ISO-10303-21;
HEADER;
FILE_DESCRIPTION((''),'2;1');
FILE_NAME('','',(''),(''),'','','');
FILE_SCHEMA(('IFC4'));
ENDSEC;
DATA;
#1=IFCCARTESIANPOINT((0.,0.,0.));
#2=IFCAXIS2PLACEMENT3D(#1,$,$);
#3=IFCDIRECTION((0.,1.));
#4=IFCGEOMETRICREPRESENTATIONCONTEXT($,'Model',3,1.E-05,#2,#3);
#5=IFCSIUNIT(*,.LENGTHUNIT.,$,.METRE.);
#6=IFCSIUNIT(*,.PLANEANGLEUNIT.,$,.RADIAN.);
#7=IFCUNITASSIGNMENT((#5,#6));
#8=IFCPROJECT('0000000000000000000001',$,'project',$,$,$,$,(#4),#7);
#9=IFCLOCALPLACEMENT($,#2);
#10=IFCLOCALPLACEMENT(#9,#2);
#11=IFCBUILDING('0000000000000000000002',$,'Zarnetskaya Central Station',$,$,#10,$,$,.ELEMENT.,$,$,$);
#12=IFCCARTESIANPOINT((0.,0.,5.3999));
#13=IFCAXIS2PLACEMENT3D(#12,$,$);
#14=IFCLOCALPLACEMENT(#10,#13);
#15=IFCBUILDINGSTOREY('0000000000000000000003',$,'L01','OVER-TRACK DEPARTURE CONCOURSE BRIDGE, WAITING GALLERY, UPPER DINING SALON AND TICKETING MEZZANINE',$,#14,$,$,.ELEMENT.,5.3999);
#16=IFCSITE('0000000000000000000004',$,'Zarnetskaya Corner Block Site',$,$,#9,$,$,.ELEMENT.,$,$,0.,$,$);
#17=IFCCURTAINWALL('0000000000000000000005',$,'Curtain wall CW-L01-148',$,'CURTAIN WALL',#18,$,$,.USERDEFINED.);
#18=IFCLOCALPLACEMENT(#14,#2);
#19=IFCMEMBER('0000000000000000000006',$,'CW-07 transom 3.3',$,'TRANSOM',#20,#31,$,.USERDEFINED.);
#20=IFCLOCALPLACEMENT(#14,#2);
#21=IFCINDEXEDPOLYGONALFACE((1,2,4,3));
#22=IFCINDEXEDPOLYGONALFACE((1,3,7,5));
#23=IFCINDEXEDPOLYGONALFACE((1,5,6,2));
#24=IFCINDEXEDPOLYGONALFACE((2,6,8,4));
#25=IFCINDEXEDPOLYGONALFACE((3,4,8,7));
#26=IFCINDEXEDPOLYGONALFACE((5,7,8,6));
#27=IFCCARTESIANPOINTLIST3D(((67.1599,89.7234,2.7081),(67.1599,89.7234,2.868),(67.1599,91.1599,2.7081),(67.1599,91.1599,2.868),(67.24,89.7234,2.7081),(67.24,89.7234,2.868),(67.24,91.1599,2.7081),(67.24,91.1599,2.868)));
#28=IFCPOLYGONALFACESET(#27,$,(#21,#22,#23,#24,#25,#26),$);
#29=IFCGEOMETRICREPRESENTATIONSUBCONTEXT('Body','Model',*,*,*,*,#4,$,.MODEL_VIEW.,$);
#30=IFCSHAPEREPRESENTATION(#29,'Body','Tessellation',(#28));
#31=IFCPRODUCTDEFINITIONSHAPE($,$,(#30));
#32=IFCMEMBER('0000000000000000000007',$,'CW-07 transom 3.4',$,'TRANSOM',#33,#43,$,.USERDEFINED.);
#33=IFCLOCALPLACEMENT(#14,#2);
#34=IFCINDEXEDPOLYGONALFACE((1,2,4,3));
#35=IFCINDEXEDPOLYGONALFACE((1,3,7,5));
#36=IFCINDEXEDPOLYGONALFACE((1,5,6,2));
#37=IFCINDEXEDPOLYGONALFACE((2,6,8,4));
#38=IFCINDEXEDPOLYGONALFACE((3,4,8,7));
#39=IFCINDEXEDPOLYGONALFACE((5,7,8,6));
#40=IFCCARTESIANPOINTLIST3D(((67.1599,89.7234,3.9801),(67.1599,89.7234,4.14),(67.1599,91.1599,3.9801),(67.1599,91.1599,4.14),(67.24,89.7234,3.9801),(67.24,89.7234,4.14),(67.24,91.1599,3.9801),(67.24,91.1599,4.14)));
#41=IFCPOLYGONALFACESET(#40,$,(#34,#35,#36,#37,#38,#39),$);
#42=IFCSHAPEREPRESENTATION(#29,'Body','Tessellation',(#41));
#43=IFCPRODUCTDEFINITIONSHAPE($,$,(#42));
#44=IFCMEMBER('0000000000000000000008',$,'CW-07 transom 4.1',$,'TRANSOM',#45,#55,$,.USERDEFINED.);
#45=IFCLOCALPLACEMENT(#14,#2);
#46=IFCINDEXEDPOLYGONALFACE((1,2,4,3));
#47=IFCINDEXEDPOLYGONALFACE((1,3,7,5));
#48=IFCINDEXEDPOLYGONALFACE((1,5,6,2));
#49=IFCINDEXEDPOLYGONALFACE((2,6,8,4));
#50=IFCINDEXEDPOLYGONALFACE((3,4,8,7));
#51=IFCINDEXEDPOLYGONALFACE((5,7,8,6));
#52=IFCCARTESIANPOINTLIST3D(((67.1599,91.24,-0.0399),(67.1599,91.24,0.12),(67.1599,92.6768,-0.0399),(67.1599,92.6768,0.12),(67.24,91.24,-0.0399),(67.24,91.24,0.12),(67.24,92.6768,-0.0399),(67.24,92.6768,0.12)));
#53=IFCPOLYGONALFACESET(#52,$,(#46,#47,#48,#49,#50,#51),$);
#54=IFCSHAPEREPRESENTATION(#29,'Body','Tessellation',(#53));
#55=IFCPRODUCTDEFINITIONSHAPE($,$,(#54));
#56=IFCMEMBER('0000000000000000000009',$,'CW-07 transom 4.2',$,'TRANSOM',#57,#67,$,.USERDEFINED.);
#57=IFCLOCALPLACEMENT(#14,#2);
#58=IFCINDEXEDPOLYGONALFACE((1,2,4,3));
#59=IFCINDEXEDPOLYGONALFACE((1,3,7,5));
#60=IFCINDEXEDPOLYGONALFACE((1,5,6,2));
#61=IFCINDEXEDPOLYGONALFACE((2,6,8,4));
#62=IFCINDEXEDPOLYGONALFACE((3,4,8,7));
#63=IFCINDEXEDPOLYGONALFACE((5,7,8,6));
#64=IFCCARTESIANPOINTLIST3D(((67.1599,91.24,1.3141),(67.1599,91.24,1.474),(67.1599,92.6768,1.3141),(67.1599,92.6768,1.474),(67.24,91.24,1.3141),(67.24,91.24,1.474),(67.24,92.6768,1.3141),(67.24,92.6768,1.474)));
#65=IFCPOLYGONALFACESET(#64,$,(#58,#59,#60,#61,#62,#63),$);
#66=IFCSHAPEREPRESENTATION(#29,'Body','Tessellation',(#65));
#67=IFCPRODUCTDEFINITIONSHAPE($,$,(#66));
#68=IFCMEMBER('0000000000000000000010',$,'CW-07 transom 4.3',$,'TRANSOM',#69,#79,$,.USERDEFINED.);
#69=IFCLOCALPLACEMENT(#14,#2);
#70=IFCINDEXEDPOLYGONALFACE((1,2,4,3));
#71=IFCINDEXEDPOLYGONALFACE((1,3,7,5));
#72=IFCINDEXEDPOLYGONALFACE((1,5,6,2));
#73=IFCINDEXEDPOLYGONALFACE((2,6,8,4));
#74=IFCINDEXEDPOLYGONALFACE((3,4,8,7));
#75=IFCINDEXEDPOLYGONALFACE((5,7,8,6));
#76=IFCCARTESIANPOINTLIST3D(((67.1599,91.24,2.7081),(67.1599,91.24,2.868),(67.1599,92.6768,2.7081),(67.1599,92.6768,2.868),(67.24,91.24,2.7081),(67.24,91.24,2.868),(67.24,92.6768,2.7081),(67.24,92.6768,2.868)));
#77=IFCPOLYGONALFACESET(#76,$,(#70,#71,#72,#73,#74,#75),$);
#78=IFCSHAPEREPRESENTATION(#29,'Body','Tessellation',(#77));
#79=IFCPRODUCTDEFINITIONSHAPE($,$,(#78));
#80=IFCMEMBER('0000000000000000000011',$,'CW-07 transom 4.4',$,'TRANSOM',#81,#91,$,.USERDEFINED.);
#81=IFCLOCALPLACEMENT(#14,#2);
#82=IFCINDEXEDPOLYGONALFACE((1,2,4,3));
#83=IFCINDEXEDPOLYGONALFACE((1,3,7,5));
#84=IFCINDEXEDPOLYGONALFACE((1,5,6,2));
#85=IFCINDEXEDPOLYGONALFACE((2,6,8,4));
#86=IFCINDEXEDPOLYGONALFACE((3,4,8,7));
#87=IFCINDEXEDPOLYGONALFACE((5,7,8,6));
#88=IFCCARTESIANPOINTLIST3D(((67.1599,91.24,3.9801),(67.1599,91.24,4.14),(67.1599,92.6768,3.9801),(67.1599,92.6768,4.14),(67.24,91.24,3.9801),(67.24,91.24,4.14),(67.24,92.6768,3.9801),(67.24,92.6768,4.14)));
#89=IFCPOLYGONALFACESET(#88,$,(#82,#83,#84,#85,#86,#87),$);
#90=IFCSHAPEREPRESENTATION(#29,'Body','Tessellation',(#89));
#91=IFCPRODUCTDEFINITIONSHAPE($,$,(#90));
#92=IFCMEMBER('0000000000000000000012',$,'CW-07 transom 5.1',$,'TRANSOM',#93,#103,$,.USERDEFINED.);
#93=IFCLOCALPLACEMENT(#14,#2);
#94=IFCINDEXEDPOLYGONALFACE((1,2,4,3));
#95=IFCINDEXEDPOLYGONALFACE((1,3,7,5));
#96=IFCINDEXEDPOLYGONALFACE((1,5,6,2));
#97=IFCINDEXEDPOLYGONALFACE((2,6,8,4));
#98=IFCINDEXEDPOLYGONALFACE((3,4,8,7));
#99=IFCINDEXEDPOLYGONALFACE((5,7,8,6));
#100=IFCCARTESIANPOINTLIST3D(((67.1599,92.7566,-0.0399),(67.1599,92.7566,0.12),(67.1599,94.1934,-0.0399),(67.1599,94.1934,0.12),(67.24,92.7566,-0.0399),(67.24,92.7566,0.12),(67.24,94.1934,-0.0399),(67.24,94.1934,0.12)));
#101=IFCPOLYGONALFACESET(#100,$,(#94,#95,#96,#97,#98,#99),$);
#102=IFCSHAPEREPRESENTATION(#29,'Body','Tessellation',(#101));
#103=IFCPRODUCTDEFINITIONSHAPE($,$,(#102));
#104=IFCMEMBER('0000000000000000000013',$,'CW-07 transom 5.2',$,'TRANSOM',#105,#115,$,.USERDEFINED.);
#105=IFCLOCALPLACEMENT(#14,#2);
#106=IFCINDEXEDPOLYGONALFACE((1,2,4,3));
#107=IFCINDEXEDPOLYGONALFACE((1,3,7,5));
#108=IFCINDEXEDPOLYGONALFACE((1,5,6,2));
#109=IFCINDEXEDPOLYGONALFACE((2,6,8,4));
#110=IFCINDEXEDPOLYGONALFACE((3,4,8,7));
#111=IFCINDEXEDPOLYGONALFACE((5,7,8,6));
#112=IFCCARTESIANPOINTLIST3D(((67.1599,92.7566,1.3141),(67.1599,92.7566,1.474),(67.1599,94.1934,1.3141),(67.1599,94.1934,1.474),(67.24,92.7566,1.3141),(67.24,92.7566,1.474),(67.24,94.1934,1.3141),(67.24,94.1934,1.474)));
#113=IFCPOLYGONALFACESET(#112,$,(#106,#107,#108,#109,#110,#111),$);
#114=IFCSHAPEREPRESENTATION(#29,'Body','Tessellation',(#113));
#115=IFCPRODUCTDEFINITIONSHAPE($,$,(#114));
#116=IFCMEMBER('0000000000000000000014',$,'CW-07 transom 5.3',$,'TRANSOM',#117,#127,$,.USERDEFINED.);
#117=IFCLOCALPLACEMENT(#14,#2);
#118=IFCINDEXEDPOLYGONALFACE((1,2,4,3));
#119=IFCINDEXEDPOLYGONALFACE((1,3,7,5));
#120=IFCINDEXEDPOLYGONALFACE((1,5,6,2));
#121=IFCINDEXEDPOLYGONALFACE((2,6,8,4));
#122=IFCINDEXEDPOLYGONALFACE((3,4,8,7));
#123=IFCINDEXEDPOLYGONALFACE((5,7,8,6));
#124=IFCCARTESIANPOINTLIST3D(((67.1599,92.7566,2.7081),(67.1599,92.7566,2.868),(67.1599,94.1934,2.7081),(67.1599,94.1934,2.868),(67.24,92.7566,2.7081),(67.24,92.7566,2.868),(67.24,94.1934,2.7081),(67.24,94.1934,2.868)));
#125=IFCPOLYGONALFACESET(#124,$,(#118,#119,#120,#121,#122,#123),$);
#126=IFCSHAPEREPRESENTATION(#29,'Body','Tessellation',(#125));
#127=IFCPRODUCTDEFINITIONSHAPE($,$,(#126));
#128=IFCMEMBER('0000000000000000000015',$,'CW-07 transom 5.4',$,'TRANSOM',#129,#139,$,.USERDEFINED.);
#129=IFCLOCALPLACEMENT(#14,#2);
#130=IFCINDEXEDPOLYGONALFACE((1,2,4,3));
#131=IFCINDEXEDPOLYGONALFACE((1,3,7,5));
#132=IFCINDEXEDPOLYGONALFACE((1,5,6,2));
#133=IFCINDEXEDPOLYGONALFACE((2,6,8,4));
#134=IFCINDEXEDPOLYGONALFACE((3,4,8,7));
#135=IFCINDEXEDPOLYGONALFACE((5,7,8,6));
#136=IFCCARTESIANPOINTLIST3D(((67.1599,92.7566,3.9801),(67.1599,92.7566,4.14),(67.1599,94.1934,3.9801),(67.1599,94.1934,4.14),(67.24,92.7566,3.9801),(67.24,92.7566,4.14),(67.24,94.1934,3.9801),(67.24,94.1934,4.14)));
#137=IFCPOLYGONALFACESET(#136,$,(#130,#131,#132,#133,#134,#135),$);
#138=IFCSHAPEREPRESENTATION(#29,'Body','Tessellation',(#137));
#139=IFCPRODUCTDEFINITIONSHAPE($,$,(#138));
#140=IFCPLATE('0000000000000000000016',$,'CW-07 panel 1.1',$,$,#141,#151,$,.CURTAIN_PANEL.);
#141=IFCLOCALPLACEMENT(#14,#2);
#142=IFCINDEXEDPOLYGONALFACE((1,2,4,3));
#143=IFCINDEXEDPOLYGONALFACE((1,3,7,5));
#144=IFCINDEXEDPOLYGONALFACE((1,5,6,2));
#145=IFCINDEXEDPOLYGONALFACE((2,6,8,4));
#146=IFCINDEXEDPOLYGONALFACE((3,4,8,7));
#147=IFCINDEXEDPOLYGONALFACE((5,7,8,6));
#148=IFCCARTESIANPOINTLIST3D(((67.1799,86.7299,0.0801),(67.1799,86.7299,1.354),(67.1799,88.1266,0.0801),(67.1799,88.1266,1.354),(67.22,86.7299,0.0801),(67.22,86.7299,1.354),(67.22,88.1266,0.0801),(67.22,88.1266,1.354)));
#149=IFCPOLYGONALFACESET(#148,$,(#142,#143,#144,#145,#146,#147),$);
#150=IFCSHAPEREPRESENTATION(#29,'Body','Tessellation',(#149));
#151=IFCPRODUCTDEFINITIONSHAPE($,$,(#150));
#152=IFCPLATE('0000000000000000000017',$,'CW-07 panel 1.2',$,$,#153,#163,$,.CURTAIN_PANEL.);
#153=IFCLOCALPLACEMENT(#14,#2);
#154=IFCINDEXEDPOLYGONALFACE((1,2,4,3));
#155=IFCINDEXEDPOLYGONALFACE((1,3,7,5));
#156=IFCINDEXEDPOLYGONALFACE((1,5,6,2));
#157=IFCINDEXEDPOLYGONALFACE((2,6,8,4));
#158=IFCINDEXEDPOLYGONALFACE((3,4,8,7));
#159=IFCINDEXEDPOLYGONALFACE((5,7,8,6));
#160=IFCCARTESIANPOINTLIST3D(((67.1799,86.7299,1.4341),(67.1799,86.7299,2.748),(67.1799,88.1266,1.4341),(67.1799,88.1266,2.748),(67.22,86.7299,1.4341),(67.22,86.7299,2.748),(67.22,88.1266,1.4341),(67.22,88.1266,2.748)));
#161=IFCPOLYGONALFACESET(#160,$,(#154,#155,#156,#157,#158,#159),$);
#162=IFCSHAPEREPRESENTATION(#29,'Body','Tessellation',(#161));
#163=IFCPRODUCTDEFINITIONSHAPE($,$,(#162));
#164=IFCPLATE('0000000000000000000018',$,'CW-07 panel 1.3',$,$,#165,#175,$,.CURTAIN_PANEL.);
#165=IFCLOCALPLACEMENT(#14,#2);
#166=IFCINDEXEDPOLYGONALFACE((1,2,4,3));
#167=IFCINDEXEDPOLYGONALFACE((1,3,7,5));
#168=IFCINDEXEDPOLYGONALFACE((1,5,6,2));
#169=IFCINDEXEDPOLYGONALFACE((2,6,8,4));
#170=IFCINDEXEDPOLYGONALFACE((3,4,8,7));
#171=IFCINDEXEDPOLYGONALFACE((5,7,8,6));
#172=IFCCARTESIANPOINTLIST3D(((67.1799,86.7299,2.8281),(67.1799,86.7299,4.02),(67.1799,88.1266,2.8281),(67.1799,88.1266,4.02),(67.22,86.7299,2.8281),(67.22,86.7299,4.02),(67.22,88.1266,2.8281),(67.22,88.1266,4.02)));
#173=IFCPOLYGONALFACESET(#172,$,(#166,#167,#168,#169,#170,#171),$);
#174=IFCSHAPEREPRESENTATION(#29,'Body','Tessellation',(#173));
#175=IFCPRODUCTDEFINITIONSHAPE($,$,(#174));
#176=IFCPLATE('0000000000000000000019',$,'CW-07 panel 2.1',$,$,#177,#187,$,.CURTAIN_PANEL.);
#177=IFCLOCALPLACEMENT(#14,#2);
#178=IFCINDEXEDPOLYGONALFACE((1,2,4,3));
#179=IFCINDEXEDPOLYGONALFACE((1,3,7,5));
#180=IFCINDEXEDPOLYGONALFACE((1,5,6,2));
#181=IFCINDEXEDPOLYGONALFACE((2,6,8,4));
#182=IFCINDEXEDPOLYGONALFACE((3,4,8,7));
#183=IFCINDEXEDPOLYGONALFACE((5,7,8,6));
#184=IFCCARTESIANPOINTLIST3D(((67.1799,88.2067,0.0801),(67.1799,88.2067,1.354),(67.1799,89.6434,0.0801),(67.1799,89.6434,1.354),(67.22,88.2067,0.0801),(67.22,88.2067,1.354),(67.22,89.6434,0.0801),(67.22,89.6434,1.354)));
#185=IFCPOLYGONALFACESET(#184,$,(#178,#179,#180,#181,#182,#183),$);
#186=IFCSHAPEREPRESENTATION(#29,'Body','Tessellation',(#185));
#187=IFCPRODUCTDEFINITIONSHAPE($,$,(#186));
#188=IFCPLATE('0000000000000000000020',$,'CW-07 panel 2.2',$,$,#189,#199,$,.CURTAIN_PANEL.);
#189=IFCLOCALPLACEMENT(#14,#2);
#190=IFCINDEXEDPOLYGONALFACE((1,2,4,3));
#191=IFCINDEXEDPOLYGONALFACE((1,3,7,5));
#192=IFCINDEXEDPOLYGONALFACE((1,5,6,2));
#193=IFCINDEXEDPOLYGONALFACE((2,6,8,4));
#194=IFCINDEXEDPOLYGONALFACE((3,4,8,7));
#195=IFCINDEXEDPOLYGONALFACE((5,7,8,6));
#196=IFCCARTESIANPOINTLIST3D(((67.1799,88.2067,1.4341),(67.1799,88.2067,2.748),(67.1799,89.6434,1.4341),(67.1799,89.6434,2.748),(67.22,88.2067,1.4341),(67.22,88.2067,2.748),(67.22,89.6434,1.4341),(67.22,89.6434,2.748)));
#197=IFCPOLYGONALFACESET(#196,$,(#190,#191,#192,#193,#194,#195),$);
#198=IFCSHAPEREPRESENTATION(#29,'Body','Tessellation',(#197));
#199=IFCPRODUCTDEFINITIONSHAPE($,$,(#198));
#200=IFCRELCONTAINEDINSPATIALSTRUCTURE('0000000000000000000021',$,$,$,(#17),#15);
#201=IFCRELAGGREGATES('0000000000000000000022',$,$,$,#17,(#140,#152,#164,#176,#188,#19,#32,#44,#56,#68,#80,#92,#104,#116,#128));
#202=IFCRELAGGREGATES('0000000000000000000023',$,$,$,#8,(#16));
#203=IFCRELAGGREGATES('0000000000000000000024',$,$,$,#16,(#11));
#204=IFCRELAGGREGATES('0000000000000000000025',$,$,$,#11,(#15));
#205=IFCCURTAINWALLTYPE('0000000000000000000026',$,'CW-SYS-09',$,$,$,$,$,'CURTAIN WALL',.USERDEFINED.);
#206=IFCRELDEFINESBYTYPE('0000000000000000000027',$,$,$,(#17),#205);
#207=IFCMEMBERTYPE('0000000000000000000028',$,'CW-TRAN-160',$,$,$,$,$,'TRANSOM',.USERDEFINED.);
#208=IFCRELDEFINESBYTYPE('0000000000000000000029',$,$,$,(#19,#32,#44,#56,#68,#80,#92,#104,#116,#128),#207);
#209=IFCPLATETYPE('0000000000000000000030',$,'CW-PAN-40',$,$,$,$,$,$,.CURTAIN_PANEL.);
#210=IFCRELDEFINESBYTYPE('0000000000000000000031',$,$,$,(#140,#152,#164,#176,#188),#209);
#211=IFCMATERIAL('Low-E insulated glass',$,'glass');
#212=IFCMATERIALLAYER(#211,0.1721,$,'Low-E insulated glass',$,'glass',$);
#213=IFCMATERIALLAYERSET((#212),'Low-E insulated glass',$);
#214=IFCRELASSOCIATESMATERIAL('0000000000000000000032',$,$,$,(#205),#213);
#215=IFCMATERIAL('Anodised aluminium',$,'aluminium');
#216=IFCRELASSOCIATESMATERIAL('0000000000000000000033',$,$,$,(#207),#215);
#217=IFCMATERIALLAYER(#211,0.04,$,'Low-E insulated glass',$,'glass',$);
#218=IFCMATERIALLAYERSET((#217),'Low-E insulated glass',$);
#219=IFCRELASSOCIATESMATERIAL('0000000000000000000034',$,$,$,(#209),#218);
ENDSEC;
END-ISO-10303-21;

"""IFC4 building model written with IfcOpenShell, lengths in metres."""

from ifc_helpers import new_model, si_unit, direction, frame, origin, origin_2d, place, context, subcontext, project, spatial, rectangle, extrude, material, layer, layer_set, material_profile, profile_set, type_object, element, aggregate, save


model = new_model("IFC4")

# Units and contexts
model_context = context("Model", 3, precision=1e-05, world=origin(), true_north=direction((0.0, 1.0)))
body_context = subcontext(model_context, "Body", "Model", "MODEL_VIEW")
ifc_project = project(units=[si_unit("LENGTHUNIT", "METRE"), si_unit("PLANEANGLEUNIT", "RADIAN")], contexts=[model_context])

# Site, building, storey
site_placement = place(None, origin())
site = spatial("IfcSite", under=ifc_project, at=site_placement, Name="Zarnetskaya Corner Block Site", CompositionType="ELEMENT", RefElevation=0.0)
building_placement = place(site_placement, origin())
building = spatial("IfcBuilding", under=site, at=building_placement, Name="Zarnetskaya Central Station", CompositionType="ELEMENT")
storey_placement = place(building_placement, frame((0.0, 0.0, 5.3999)))
storey = spatial("IfcBuildingStorey", under=building, at=storey_placement, Name="L01", Description="OVER-TRACK DEPARTURE CONCOURSE BRIDGE, WAITING GALLERY, UPPER DINING SALON AND TICKETING MEZZANINE", CompositionType="ELEMENT", Elevation=5.3999)

# Curtain wall, members, plates
ifc_material_1 = material(Name="Low-E insulated glass", Category="glass")
ifc_layer_1 = layer(ifc_material_1, 0.1721, Name="Low-E insulated glass", Category="glass")
ifc_layer_set_1 = layer_set([ifc_layer_1], Name="Low-E insulated glass")
curtain_wall_type = type_object("IfcCurtainWallType", Name="CW-SYS-09", ElementType="CURTAIN WALL", PredefinedType="USERDEFINED", material=ifc_layer_set_1)
curtain_wall_placement = place(storey_placement, origin())
curtain_wall = element("IfcCurtainWall", 1, at=curtain_wall_placement, inside=storey, type_object=curtain_wall_type, Name="Curtain wall CW-L01-148", ObjectType="CURTAIN WALL", PredefinedType="USERDEFINED")
ifc_material_2 = material(Name="Anodised aluminium", Category="aluminium")
ifc_material_profile_1 = material_profile(ifc_material_2, rectangle(XDim=0.0801, YDim=0.1599, at=origin_2d()), Name="ALU TRAN 80x160")
ifc_profile_set_1 = profile_set([ifc_material_profile_1], Name="Anodised aluminium")
member_type_1 = type_object("IfcMemberType", Name="CW-TRAN-160", ElementType="TRANSOM", PredefinedType="USERDEFINED", material=ifc_profile_set_1)
member_1_placement = place(storey_placement, frame((67.2, 89.7234, 2.7881), z_axis=(0.0, 1.0, 0.0), x_axis=(-1.0, 0.0, 0.0)))
member_1 = element("IfcMember", 2, at=member_1_placement, type_object=member_type_1, Name="CW-07 transom 3.3", ObjectType="TRANSOM", PredefinedType="USERDEFINED", context=body_context, shape_type="SweptSolid", body=[
    extrude(rectangle(XDim=0.0801, YDim=0.1599, at=origin_2d()), origin(), (0.0, 0.0, 1.0), 1.4365),
])
member_2_placement = place(storey_placement, frame((67.2, 89.7234, 4.0601), z_axis=(0.0, 1.0, 0.0), x_axis=(-1.0, 0.0, 0.0)))
member_2 = element("IfcMember", 3, at=member_2_placement, type_object=member_type_1, Name="CW-07 transom 3.4", ObjectType="TRANSOM", PredefinedType="USERDEFINED", context=body_context, shape_type="SweptSolid", body=[
    extrude(rectangle(XDim=0.0801, YDim=0.1599, at=origin_2d()), origin(), (0.0, 0.0, 1.0), 1.4365),
])
member_3_placement = place(storey_placement, frame((67.2, 91.24, 0.04), z_axis=(0.0, 1.0, 0.0), x_axis=(-1.0, 0.0, 0.0)))
member_3 = element("IfcMember", 4, at=member_3_placement, type_object=member_type_1, Name="CW-07 transom 4.1", ObjectType="TRANSOM", PredefinedType="USERDEFINED", context=body_context, shape_type="SweptSolid", body=[
    extrude(rectangle(XDim=0.0801, YDim=0.1599, at=origin_2d()), origin(), (0.0, 0.0, 1.0), 1.4368),
])
member_4_placement = place(storey_placement, frame((67.2, 91.24, 1.394), z_axis=(0.0, 1.0, 0.0), x_axis=(-1.0, 0.0, 0.0)))
member_4 = element("IfcMember", 5, at=member_4_placement, type_object=member_type_1, Name="CW-07 transom 4.2", ObjectType="TRANSOM", PredefinedType="USERDEFINED", context=body_context, shape_type="SweptSolid", body=[
    extrude(rectangle(XDim=0.0801, YDim=0.1599, at=origin_2d()), origin(), (0.0, 0.0, 1.0), 1.4368),
])
member_5_placement = place(storey_placement, frame((67.2, 91.24, 2.7881), z_axis=(0.0, 1.0, 0.0), x_axis=(-1.0, 0.0, 0.0)))
member_5 = element("IfcMember", 6, at=member_5_placement, type_object=member_type_1, Name="CW-07 transom 4.3", ObjectType="TRANSOM", PredefinedType="USERDEFINED", context=body_context, shape_type="SweptSolid", body=[
    extrude(rectangle(XDim=0.0801, YDim=0.1599, at=origin_2d()), origin(), (0.0, 0.0, 1.0), 1.4368),
])
member_6_placement = place(storey_placement, frame((67.2, 91.24, 4.0601), z_axis=(0.0, 1.0, 0.0), x_axis=(-1.0, 0.0, 0.0)))
member_6 = element("IfcMember", 7, at=member_6_placement, type_object=member_type_1, Name="CW-07 transom 4.4", ObjectType="TRANSOM", PredefinedType="USERDEFINED", context=body_context, shape_type="SweptSolid", body=[
    extrude(rectangle(XDim=0.0801, YDim=0.1599, at=origin_2d()), origin(), (0.0, 0.0, 1.0), 1.4368),
])
member_7_placement = place(storey_placement, frame((67.2, 92.7566, 0.04), z_axis=(0.0, 1.0, 0.0), x_axis=(-1.0, 0.0, 0.0)))
member_7 = element("IfcMember", 8, at=member_7_placement, type_object=member_type_1, Name="CW-07 transom 5.1", ObjectType="TRANSOM", PredefinedType="USERDEFINED", context=body_context, shape_type="SweptSolid", body=[
    extrude(rectangle(XDim=0.0801, YDim=0.1599, at=origin_2d()), origin(), (0.0, 0.0, 1.0), 1.4368),
])
member_8_placement = place(storey_placement, frame((67.2, 92.7566, 1.394), z_axis=(0.0, 1.0, 0.0), x_axis=(-1.0, 0.0, 0.0)))
member_8 = element("IfcMember", 9, at=member_8_placement, type_object=member_type_1, Name="CW-07 transom 5.2", ObjectType="TRANSOM", PredefinedType="USERDEFINED", context=body_context, shape_type="SweptSolid", body=[
    extrude(rectangle(XDim=0.0801, YDim=0.1599, at=origin_2d()), origin(), (0.0, 0.0, 1.0), 1.4368),
])
member_9_placement = place(storey_placement, frame((67.2, 92.7566, 2.7881), z_axis=(0.0, 1.0, 0.0), x_axis=(-1.0, 0.0, 0.0)))
member_9 = element("IfcMember", 10, at=member_9_placement, type_object=member_type_1, Name="CW-07 transom 5.3", ObjectType="TRANSOM", PredefinedType="USERDEFINED", context=body_context, shape_type="SweptSolid", body=[
    extrude(rectangle(XDim=0.0801, YDim=0.1599, at=origin_2d()), origin(), (0.0, 0.0, 1.0), 1.4368),
])
member_10_placement = place(storey_placement, frame((67.2, 92.7566, 4.0601), z_axis=(0.0, 1.0, 0.0), x_axis=(-1.0, 0.0, 0.0)))
member_10 = element("IfcMember", 11, at=member_10_placement, type_object=member_type_1, Name="CW-07 transom 5.4", ObjectType="TRANSOM", PredefinedType="USERDEFINED", context=body_context, shape_type="SweptSolid", body=[
    extrude(rectangle(XDim=0.0801, YDim=0.1599, at=origin_2d()), origin(), (0.0, 0.0, 1.0), 1.4368),
])
ifc_layer_2 = layer(ifc_material_1, 0.04, Name="Low-E insulated glass", Category="glass")
ifc_layer_set_2 = layer_set([ifc_layer_2], Name="Low-E insulated glass")
plate_type_1 = type_object("IfcPlateType", Name="CW-PAN-40", PredefinedType="CURTAIN_PANEL", material=ifc_layer_set_2)
plate_1_placement = place(storey_placement, frame((67.2, 87.4282, 0.0801), z_axis=(0.0, 0.0, 1.0), x_axis=(0.0, 1.0, 0.0)))
plate_1 = element("IfcPlate", 12, at=plate_1_placement, type_object=plate_type_1, Name="CW-07 panel 1.1", PredefinedType="CURTAIN_PANEL", context=body_context, shape_type="SweptSolid", body=[
    extrude(rectangle(XDim=1.3967, YDim=0.04, at=origin_2d()), origin(), (0.0, 0.0, 1.0), 1.2739),
])
plate_2_placement = place(storey_placement, frame((67.2, 87.4282, 1.4341), z_axis=(0.0, 0.0, 1.0), x_axis=(0.0, 1.0, 0.0)))
plate_2 = element("IfcPlate", 13, at=plate_2_placement, type_object=plate_type_1, Name="CW-07 panel 1.2", PredefinedType="CURTAIN_PANEL", context=body_context, shape_type="SweptSolid", body=[
    extrude(rectangle(XDim=1.3967, YDim=0.04, at=origin_2d()), origin(), (0.0, 0.0, 1.0), 1.314),
])
plate_3_placement = place(storey_placement, frame((67.2, 87.4282, 2.8281), z_axis=(0.0, 0.0, 1.0), x_axis=(0.0, 1.0, 0.0)))
plate_3 = element("IfcPlate", 14, at=plate_3_placement, type_object=plate_type_1, Name="CW-07 panel 1.3", PredefinedType="CURTAIN_PANEL", context=body_context, shape_type="SweptSolid", body=[
    extrude(rectangle(XDim=1.3967, YDim=0.04, at=origin_2d()), origin(), (0.0, 0.0, 1.0), 1.1919),
])
plate_4_placement = place(storey_placement, frame((67.2, 88.925, 0.0801), z_axis=(0.0, 0.0, 1.0), x_axis=(0.0, 1.0, 0.0)))
plate_4 = element("IfcPlate", 15, at=plate_4_placement, type_object=plate_type_1, Name="CW-07 panel 2.1", PredefinedType="CURTAIN_PANEL", context=body_context, shape_type="SweptSolid", body=[
    extrude(rectangle(XDim=1.4368, YDim=0.04, at=origin_2d()), origin(), (0.0, 0.0, 1.0), 1.2739),
])
plate_5_placement = place(storey_placement, frame((67.2, 88.925, 1.4341), z_axis=(0.0, 0.0, 1.0), x_axis=(0.0, 1.0, 0.0)))
plate_5 = element("IfcPlate", 16, at=plate_5_placement, type_object=plate_type_1, Name="CW-07 panel 2.2", PredefinedType="CURTAIN_PANEL", context=body_context, shape_type="SweptSolid", body=[
    extrude(rectangle(XDim=1.4368, YDim=0.04, at=origin_2d()), origin(), (0.0, 0.0, 1.0), 1.314),
])
aggregate(curtain_wall, [plate_1, plate_2, plate_3, plate_4, plate_5, member_1, member_2, member_3, member_4, member_5, member_6, member_7, member_8, member_9, member_10])

save(model, "model.ifc")
